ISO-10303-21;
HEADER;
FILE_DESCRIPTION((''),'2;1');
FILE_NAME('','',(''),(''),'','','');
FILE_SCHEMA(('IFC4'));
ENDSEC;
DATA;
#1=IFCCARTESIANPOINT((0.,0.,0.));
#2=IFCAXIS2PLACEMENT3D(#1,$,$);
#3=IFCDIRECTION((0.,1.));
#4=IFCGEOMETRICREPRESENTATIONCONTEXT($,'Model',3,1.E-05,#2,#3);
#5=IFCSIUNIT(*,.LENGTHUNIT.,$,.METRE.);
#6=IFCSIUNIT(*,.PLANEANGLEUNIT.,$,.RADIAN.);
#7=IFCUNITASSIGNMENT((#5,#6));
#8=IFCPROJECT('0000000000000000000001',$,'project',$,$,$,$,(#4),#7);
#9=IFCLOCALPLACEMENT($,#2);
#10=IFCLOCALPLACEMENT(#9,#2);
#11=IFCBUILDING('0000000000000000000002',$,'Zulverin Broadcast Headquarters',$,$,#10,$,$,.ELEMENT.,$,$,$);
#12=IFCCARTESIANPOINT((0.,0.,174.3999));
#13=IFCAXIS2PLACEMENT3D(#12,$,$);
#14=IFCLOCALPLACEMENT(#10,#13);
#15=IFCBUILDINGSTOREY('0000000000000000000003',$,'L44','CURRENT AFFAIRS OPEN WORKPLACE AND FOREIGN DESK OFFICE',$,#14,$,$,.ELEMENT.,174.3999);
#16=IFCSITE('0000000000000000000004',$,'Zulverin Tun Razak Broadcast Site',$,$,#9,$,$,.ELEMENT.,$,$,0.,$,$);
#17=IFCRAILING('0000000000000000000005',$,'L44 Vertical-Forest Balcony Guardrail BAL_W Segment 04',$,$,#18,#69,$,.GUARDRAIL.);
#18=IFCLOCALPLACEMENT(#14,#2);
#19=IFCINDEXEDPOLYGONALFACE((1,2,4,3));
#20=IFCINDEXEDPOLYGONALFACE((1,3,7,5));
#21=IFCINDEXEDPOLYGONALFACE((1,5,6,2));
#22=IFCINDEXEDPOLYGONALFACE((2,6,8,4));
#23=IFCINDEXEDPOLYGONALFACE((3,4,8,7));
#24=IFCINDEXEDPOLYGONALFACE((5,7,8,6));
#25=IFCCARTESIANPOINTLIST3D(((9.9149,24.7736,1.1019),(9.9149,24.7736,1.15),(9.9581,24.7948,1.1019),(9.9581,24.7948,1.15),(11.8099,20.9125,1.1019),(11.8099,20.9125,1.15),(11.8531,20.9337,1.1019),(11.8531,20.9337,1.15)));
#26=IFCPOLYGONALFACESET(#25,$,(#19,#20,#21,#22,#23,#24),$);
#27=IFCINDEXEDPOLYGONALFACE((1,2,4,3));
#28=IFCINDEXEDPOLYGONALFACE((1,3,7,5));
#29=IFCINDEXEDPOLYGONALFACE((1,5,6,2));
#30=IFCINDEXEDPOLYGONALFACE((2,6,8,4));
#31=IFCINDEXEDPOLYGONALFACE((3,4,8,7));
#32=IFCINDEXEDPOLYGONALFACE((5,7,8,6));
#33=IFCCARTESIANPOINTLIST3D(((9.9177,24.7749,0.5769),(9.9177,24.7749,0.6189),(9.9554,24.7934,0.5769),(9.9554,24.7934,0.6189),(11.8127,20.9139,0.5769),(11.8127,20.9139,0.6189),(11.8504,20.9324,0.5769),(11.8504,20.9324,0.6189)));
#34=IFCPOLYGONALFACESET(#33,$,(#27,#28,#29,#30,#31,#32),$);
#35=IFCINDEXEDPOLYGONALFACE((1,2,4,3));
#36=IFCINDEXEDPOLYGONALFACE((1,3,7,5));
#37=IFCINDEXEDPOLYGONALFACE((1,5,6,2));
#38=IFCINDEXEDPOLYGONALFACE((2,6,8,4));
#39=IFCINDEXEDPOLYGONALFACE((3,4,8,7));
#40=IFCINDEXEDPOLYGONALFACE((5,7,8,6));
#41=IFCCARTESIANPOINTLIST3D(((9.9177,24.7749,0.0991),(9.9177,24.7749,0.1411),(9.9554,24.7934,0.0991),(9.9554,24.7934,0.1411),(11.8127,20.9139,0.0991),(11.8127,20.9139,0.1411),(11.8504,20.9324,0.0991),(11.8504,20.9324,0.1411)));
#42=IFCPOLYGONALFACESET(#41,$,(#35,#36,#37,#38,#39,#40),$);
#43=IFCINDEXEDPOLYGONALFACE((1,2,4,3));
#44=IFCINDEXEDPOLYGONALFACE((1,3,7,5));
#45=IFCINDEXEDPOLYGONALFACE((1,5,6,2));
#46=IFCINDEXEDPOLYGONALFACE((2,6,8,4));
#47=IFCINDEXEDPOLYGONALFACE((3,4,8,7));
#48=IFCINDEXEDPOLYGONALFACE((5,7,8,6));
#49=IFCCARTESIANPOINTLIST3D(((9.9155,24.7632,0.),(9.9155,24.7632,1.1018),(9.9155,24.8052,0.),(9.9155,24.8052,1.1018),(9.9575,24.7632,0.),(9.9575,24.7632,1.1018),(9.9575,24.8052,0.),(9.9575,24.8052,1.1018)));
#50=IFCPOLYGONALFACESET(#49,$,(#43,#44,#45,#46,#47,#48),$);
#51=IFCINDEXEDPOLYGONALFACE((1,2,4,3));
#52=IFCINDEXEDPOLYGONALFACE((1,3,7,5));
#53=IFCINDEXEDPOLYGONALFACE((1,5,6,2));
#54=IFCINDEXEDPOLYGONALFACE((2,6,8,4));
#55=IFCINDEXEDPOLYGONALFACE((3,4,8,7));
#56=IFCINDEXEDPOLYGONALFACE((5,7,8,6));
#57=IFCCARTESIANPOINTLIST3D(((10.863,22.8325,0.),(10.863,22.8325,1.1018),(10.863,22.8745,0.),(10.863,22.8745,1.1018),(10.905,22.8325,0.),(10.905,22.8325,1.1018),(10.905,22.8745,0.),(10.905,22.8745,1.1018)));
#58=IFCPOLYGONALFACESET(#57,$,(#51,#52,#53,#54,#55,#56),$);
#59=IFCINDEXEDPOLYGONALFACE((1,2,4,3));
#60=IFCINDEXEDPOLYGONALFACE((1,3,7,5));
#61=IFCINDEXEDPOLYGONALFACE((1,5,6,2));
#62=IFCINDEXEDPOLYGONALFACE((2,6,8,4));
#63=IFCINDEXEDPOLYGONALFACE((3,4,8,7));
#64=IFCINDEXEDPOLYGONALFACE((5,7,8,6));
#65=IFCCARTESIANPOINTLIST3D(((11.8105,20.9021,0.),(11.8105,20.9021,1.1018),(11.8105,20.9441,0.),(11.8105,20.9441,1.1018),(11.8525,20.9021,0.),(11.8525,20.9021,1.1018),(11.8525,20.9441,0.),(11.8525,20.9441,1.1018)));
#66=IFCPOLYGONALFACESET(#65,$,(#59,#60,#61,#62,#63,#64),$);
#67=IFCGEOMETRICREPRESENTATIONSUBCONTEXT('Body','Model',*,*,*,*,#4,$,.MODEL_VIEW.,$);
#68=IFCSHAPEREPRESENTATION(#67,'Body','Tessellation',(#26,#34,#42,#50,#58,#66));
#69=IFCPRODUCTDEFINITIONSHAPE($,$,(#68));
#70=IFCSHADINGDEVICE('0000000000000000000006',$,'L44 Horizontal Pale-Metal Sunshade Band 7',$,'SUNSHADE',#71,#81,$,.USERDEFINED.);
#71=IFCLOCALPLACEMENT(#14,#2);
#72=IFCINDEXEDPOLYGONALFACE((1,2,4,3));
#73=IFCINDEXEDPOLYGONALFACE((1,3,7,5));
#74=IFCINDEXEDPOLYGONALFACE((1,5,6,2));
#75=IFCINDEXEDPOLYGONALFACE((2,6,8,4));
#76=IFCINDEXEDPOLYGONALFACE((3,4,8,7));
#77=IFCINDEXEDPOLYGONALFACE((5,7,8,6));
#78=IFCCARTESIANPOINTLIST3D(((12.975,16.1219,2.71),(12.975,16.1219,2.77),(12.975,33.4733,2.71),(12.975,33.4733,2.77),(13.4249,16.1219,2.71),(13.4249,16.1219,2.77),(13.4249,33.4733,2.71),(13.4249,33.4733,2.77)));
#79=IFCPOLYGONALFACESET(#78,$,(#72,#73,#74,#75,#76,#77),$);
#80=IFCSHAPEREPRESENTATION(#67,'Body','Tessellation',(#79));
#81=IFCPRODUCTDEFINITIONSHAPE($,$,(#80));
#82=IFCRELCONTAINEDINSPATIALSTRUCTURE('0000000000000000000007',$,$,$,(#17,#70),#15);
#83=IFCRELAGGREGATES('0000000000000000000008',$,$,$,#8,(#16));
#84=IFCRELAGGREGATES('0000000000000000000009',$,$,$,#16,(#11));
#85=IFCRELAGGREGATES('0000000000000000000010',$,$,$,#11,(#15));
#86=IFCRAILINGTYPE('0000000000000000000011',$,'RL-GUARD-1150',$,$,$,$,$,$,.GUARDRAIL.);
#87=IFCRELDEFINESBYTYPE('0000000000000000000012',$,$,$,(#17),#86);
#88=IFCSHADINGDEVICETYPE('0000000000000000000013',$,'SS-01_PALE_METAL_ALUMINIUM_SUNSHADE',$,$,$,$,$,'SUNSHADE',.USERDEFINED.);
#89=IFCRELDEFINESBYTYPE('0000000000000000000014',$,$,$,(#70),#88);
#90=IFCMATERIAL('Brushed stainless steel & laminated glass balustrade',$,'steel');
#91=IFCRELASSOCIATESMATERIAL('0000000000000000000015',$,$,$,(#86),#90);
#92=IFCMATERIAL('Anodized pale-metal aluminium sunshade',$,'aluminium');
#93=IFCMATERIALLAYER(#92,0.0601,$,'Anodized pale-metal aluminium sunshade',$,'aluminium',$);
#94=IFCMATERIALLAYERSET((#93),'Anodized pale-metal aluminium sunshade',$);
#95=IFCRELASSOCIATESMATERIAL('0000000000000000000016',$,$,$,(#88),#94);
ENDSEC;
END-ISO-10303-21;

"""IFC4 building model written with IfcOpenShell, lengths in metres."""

from ifc_helpers import new_model, si_unit, direction, frame, origin, origin_2d, place, context, subcontext, project, spatial, rectangle, extrude, material, layer, layer_set, type_object, element, save


model = new_model("IFC4")

# Units and contexts
model_context = context("Model", 3, precision=1e-05, world=origin(), true_north=direction((0.0, 1.0)))
body_context = subcontext(model_context, "Body", "Model", "MODEL_VIEW")
ifc_project = project(units=[si_unit("LENGTHUNIT", "METRE"), si_unit("PLANEANGLEUNIT", "RADIAN")], contexts=[model_context])

# Site, building, storey
site_placement = place(None, origin())
site = spatial("IfcSite", under=ifc_project, at=site_placement, Name="Zulverin Tun Razak Broadcast Site", CompositionType="ELEMENT", RefElevation=0.0)
building_placement = place(site_placement, origin())
building = spatial("IfcBuilding", under=site, at=building_placement, Name="Zulverin Broadcast Headquarters", CompositionType="ELEMENT")
storey_placement = place(building_placement, frame((0.0, 0.0, 174.3999)))
storey = spatial("IfcBuildingStorey", under=building, at=storey_placement, Name="L44", Description="CURRENT AFFAIRS OPEN WORKPLACE AND FOREIGN DESK OFFICE", CompositionType="ELEMENT", Elevation=174.3999)

# Railing
ifc_material_1 = material(Name="Brushed stainless steel & laminated glass balustrade", Category="steel")
railing_type = type_object("IfcRailingType", Name="RL-GUARD-1150", PredefinedType="GUARDRAIL", material=ifc_material_1)
railing_1_placement = place(storey_placement, frame((9.9365, 24.7842, 0.0)))
element("IfcRailing", 1, at=railing_1_placement, inside=storey, type_object=railing_type, Name="L44 Vertical-Forest Balcony Guardrail BAL_W Segment 04", PredefinedType="GUARDRAIL", context=body_context, shape_type="SweptSolid", body=[
    extrude(rectangle(XDim=0.0481, YDim=0.0481, at=origin_2d()), frame((0.0, 0.0, 1.126), z_axis=(0.440594, -0.897706, 0.0), x_axis=(0.897706, 0.440594, 0.0)), (0.0, 0.0, 1.0), 4.301),
    extrude(rectangle(XDim=0.042, YDim=0.042, at=origin_2d()), frame((0.0, 0.0, 0.5979), z_axis=(0.440594, -0.897706, 0.0), x_axis=(0.897706, 0.440594, 0.0)), (0.0, 0.0, 1.0), 4.301),
    extrude(rectangle(XDim=0.042, YDim=0.042, at=origin_2d()), frame((0.0, 0.0, 0.1201), z_axis=(0.440594, -0.897706, 0.0), x_axis=(0.897706, 0.440594, 0.0)), (0.0, 0.0, 1.0), 4.301),
    extrude(rectangle(XDim=0.042, YDim=0.042, at=origin_2d()), origin(), (0.0, 0.0, 1.0), 1.1018),
    extrude(rectangle(XDim=0.042, YDim=0.042, at=origin_2d()), frame((0.9475, -1.9307, 0.0)), (0.0, 0.0, 1.0), 1.1018),
    extrude(rectangle(XDim=0.042, YDim=0.042, at=origin_2d()), frame((1.895, -3.8611, 0.0)), (0.0, 0.0, 1.0), 1.1018),
])

# Shading device
ifc_material_2 = material(Name="Anodized pale-metal aluminium sunshade", Category="aluminium")
ifc_layer_1 = layer(ifc_material_2, 0.0601, Name="Anodized pale-metal aluminium sunshade", Category="aluminium")
ifc_layer_set_1 = layer_set([ifc_layer_1], Name="Anodized pale-metal aluminium sunshade")
shading_device_type = type_object("IfcShadingDeviceType", Name="SS-01_PALE_METAL_ALUMINIUM_SUNSHADE", ElementType="SUNSHADE", PredefinedType="USERDEFINED", material=ifc_layer_set_1)
shading_device_placement = place(storey_placement, frame((13.2, 24.7976, 2.71), z_axis=(0.0, 0.0, 1.0), x_axis=(0.0, -1.0, 0.0)))
element("IfcShadingDevice", 2, at=shading_device_placement, inside=storey, type_object=shading_device_type, Name="L44 Horizontal Pale-Metal Sunshade Band 7", ObjectType="SUNSHADE", PredefinedType="USERDEFINED", context=body_context, shape_type="SweptSolid", body=[
    extrude(rectangle(XDim=17.3513, YDim=0.45, at=origin_2d()), origin(), (0.0, 0.0, 1.0), 0.0601),
])

save(model, "model.ifc")
